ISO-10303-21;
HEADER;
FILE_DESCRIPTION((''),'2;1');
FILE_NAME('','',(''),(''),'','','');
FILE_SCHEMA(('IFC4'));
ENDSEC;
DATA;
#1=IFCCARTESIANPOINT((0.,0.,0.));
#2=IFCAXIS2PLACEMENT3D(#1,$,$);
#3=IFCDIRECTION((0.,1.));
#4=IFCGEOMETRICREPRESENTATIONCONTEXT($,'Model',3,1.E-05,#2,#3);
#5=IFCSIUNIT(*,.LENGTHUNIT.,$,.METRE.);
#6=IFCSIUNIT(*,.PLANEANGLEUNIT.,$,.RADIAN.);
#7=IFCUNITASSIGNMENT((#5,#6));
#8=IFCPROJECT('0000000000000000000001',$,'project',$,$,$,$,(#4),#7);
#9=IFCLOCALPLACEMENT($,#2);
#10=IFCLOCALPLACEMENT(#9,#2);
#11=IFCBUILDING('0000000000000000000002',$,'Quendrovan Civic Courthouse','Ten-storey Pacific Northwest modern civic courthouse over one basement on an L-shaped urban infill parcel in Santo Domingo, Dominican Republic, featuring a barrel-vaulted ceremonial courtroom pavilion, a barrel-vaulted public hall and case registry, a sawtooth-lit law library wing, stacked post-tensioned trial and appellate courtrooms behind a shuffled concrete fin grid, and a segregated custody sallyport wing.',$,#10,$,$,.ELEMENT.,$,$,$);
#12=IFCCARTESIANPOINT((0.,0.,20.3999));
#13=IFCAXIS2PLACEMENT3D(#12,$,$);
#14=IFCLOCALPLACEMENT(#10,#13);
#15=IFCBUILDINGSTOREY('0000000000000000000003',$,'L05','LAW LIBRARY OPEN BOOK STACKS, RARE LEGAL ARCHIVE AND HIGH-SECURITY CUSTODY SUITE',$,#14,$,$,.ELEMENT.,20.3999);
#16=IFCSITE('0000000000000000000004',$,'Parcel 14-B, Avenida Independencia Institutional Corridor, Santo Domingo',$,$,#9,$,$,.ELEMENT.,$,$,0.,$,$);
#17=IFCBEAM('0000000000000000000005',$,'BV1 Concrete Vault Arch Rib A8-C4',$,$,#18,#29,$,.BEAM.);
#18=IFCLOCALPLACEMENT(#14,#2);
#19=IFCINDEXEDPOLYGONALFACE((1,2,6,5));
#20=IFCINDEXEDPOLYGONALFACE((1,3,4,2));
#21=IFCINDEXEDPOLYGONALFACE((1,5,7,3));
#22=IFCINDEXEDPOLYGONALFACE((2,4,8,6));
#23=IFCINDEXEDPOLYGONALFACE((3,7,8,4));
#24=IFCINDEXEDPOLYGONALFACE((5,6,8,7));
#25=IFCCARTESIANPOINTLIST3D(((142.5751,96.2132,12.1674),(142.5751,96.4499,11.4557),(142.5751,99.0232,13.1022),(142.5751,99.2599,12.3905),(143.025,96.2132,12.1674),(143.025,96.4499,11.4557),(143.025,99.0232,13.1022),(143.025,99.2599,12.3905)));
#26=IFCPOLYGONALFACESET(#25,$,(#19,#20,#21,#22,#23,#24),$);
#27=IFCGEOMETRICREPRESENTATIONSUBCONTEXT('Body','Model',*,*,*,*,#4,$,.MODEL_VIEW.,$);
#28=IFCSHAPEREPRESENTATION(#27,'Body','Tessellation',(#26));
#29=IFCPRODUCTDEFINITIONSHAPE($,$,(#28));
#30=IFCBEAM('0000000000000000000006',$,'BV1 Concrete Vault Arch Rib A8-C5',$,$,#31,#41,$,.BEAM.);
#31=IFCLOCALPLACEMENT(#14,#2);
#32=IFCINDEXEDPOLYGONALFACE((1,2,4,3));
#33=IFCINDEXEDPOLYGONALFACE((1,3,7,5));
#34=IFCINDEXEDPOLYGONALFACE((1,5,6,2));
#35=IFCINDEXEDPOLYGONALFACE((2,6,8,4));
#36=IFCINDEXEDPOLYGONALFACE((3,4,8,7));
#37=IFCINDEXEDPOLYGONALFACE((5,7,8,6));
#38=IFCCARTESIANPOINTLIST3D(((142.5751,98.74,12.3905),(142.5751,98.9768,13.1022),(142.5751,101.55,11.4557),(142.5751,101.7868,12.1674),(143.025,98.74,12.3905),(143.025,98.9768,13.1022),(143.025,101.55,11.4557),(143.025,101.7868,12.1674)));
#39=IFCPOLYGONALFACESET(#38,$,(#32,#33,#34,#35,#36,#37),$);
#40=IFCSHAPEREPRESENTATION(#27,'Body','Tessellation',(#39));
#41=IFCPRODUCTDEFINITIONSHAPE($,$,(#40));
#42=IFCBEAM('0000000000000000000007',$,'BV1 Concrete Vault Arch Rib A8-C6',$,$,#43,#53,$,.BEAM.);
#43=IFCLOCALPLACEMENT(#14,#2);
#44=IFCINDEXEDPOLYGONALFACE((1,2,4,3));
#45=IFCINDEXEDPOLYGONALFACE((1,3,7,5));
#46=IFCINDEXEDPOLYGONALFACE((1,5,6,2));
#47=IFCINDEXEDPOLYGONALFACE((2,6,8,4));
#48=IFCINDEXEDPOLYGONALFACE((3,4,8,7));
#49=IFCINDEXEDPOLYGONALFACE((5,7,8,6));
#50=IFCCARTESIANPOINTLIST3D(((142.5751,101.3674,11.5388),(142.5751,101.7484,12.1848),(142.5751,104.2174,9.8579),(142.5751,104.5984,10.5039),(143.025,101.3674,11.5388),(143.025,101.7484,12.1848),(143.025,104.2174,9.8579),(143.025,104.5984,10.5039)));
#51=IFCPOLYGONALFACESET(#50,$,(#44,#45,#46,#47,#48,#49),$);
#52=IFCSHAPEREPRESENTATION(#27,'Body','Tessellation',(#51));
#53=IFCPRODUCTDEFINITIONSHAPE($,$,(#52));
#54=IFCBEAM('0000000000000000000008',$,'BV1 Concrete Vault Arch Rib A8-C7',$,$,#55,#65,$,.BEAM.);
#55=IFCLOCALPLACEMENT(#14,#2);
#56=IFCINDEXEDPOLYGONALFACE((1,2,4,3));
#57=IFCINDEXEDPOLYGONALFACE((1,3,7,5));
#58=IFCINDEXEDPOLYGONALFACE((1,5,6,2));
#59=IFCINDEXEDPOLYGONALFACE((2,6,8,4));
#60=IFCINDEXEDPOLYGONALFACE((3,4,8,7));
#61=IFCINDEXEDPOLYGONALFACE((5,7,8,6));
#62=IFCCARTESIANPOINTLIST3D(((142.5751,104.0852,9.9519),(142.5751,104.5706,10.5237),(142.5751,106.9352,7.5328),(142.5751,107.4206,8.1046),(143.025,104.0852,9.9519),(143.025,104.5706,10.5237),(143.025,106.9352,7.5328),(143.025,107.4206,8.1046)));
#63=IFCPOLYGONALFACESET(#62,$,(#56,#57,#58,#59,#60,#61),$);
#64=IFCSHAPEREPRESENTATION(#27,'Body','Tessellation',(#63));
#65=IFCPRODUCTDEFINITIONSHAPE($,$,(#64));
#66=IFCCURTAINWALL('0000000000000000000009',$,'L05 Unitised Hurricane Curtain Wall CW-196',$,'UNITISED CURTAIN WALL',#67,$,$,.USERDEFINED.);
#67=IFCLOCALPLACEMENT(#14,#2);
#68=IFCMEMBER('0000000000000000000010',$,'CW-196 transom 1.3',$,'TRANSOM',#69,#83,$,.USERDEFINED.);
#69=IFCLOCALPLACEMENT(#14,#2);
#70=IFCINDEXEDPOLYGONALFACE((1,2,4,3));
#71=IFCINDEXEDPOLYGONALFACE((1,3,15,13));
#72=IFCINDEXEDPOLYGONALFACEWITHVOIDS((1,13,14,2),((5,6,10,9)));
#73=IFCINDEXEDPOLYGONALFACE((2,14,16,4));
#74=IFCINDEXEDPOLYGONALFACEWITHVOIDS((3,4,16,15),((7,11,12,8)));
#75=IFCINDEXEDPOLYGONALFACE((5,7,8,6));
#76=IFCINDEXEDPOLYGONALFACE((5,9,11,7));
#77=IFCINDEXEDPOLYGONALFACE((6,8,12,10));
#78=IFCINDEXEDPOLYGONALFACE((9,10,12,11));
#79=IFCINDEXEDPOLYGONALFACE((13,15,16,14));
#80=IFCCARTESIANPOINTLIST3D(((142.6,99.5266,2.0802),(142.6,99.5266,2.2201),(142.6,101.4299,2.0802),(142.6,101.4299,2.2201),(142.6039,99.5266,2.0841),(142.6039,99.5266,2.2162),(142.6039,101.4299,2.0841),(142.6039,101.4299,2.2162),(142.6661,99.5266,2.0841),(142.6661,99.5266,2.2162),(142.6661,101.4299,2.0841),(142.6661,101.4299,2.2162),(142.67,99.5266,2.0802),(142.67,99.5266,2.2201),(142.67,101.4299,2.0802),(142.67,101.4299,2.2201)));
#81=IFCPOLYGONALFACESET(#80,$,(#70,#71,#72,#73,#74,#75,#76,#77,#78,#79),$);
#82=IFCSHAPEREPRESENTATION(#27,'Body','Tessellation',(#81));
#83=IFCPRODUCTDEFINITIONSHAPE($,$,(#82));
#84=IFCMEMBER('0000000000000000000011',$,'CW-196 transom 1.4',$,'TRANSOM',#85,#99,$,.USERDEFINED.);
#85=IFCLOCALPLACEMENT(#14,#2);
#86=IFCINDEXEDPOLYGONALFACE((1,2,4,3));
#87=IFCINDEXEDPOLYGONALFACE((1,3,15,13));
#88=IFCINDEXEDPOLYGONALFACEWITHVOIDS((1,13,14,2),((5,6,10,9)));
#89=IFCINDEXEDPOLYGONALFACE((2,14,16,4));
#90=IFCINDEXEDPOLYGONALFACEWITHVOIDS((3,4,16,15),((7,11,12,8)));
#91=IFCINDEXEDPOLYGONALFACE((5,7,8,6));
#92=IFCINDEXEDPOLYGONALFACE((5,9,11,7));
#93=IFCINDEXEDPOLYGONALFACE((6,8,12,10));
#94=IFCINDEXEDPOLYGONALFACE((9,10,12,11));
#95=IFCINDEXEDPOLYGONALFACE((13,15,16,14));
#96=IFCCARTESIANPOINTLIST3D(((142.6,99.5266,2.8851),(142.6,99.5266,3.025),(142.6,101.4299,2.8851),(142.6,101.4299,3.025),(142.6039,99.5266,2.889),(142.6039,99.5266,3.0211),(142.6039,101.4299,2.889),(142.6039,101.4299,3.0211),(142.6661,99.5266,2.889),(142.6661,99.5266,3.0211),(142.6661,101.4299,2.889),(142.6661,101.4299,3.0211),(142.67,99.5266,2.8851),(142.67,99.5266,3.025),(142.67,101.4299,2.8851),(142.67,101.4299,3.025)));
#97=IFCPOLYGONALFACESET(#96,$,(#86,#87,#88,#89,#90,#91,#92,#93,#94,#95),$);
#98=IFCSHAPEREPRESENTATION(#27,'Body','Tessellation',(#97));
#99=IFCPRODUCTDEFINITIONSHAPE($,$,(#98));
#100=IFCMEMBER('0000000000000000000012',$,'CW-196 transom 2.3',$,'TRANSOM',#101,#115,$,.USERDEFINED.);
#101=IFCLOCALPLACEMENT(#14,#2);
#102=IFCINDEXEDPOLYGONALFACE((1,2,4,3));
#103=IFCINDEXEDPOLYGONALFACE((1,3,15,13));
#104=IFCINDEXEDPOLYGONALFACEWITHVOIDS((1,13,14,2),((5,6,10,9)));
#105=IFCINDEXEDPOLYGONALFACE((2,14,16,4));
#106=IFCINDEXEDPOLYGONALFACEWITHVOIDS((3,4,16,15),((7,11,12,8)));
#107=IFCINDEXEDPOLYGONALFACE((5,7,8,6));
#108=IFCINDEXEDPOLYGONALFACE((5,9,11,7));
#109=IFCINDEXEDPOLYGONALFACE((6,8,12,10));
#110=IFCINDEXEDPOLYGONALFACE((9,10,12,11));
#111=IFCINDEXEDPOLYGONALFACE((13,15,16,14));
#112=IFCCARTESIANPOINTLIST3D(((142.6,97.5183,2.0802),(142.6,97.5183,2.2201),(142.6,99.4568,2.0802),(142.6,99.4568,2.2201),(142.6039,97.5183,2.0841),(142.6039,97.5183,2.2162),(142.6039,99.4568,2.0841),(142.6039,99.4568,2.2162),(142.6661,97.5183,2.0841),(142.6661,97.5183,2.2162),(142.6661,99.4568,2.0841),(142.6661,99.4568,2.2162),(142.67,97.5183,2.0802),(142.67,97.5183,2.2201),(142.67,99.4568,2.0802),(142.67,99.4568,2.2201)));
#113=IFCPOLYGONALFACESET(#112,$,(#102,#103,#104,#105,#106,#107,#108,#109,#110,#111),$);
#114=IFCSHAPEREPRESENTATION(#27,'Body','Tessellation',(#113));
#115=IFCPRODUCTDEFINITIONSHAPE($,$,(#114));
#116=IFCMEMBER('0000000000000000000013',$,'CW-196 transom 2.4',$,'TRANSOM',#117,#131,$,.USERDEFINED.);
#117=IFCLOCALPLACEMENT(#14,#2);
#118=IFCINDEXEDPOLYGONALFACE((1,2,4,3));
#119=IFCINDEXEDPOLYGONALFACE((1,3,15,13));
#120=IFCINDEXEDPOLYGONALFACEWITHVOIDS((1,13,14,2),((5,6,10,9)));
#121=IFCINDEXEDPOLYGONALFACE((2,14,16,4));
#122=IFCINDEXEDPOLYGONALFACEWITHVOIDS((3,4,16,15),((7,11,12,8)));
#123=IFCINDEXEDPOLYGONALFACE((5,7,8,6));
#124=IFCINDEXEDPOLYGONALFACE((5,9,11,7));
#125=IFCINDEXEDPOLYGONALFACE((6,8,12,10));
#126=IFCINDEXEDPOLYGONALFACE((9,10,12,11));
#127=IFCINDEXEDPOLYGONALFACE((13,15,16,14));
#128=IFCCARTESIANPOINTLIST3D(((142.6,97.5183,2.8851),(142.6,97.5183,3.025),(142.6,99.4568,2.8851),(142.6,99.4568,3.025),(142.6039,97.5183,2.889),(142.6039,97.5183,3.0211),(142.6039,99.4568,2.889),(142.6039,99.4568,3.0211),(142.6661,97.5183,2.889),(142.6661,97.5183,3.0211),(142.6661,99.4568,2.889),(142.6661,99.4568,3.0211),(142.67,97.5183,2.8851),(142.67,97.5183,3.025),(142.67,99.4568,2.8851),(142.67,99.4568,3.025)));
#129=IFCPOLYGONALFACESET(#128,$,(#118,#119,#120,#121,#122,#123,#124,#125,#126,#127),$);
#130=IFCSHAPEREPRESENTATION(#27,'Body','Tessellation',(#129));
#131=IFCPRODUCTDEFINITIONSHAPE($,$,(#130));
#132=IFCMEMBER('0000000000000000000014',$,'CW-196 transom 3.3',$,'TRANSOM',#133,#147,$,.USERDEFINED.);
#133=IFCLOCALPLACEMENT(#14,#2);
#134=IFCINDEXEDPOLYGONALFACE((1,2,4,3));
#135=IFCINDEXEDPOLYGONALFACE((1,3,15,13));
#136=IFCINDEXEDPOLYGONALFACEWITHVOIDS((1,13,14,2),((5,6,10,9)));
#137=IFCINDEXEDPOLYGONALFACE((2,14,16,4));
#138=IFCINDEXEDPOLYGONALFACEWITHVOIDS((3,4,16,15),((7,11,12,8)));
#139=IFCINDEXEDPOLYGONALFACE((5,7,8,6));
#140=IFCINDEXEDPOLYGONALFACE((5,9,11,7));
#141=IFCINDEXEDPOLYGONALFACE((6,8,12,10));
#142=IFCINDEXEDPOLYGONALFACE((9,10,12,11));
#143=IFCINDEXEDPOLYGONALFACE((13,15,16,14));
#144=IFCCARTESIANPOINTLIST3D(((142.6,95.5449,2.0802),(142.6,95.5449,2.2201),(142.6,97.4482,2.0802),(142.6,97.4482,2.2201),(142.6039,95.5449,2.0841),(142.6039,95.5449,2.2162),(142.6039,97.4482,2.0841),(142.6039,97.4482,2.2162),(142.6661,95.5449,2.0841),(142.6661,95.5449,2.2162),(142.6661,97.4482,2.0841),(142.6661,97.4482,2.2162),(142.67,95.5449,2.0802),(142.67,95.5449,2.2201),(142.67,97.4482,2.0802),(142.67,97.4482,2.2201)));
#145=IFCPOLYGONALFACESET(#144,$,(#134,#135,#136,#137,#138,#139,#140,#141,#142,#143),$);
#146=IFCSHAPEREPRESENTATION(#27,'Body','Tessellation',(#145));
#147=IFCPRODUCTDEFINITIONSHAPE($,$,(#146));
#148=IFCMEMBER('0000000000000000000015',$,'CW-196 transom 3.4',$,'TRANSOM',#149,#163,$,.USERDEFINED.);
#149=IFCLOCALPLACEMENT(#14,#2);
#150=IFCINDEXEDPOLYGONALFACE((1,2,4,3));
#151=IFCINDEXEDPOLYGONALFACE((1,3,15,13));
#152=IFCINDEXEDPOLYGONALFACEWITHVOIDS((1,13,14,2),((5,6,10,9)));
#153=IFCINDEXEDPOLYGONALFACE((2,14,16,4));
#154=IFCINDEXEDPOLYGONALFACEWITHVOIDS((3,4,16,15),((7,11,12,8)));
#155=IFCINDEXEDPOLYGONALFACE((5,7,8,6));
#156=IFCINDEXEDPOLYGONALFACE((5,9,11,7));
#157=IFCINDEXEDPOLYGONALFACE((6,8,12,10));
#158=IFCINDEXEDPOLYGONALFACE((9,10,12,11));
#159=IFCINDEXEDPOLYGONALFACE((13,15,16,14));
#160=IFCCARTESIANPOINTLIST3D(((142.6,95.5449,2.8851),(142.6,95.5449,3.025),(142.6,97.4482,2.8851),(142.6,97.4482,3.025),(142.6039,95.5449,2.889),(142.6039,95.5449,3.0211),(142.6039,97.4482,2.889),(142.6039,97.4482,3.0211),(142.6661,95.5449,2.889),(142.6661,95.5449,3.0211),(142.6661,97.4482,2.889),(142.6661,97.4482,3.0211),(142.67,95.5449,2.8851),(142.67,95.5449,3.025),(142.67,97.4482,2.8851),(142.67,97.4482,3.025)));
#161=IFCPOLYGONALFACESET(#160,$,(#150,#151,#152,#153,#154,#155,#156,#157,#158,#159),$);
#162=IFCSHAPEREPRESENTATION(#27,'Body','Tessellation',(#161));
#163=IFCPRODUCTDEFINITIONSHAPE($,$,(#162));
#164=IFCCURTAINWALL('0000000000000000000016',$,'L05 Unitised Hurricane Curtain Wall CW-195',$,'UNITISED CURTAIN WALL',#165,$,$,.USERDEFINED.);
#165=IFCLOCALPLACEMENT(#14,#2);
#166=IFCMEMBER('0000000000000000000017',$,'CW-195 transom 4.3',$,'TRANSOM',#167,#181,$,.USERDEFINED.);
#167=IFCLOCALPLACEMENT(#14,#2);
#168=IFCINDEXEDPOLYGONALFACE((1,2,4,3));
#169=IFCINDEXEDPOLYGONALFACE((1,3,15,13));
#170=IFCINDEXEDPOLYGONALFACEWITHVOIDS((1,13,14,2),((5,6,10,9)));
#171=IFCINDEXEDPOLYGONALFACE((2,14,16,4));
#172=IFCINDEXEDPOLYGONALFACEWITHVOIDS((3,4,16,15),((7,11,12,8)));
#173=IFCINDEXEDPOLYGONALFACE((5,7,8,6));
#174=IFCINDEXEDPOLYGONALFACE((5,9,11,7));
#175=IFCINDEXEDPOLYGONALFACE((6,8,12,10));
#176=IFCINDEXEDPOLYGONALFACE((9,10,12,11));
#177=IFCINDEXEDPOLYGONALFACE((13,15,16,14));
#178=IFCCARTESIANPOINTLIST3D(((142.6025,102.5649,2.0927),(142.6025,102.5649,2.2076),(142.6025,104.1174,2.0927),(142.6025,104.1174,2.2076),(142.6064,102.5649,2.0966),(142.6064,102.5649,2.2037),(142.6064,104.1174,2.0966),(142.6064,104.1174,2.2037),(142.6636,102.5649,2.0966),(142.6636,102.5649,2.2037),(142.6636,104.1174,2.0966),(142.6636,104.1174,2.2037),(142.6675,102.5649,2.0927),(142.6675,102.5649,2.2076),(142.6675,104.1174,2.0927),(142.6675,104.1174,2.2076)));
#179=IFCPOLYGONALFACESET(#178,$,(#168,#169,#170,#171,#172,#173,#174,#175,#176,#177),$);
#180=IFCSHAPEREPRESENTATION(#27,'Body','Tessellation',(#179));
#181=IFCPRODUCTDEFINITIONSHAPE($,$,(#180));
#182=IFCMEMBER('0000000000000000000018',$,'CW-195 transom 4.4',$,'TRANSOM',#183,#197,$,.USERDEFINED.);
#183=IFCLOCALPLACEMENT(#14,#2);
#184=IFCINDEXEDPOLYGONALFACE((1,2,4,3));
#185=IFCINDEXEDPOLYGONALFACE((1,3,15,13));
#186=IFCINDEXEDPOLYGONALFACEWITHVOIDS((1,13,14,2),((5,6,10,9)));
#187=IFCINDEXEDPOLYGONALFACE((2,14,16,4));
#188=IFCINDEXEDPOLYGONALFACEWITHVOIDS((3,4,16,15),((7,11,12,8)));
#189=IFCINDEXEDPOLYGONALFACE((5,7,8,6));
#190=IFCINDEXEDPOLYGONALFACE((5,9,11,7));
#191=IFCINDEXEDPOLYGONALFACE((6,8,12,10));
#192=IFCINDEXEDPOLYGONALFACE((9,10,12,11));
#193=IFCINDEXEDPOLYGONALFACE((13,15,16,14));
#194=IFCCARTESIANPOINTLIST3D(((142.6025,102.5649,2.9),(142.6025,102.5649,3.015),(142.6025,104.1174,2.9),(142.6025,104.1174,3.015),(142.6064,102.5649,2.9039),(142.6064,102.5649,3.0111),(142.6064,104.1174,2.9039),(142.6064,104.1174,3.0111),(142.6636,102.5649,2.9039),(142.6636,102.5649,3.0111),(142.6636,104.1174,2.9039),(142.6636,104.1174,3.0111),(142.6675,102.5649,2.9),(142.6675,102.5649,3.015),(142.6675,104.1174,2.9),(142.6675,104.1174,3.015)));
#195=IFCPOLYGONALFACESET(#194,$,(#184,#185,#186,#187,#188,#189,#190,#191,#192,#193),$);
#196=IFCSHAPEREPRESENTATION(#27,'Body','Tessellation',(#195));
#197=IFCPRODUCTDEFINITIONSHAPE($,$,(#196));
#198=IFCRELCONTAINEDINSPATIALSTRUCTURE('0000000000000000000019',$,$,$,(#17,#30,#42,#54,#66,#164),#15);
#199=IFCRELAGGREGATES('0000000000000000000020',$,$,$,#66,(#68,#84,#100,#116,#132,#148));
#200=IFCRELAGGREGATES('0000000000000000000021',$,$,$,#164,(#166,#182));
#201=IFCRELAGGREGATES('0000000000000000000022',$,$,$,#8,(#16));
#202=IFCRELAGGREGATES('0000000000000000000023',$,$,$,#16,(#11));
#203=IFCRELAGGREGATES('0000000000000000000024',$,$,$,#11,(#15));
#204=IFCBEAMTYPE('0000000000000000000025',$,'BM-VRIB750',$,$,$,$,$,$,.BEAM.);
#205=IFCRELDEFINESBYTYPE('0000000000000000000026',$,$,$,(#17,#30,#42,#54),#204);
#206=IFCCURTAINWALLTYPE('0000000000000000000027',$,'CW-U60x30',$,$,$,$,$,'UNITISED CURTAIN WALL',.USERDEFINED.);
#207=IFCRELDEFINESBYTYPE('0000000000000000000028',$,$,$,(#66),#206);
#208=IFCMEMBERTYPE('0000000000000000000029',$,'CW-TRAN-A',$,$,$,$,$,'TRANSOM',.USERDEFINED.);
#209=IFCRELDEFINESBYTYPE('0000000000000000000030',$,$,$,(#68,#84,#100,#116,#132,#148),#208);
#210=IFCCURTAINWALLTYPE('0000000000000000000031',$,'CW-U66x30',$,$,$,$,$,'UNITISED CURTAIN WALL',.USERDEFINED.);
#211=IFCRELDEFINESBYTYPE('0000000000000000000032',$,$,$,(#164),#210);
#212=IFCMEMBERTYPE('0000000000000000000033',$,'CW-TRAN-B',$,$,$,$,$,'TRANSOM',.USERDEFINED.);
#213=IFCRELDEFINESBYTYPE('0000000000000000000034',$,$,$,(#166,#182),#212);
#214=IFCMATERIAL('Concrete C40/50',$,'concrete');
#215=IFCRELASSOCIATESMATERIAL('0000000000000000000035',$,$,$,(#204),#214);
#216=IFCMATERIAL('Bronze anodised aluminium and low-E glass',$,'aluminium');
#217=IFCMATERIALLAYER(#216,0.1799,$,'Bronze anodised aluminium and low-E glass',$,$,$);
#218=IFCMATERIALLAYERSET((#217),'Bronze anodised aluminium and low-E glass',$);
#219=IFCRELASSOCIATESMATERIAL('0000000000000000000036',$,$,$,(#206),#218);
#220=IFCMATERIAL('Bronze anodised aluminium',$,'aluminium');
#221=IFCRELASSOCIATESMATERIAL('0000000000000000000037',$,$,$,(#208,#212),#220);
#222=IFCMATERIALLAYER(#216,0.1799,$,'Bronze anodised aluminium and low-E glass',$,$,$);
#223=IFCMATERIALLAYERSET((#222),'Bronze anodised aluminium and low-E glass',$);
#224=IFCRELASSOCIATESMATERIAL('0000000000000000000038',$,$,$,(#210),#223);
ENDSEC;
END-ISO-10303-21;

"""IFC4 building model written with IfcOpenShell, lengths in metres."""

from ifc_helpers import new_model, si_unit, direction, frame, origin, origin_2d, place, context, subcontext, project, spatial, rectangle, hollow_rectangle, extrude, material, layer, layer_set, material_profile, profile_set, type_object, element, aggregate, save


model = new_model("IFC4")

# Units and contexts
model_context = context("Model", 3, precision=1e-05, world=origin(), true_north=direction((0.0, 1.0)))
body_context = subcontext(model_context, "Body", "Model", "MODEL_VIEW")
ifc_project = project(units=[si_unit("LENGTHUNIT", "METRE"), si_unit("PLANEANGLEUNIT", "RADIAN")], contexts=[model_context])

# Site, building, storey
site_placement = place(None, origin())
site = spatial("IfcSite", under=ifc_project, at=site_placement, Name="Parcel 14-B, Avenida Independencia Institutional Corridor, Santo Domingo", CompositionType="ELEMENT", RefElevation=0.0)
building_placement = place(site_placement, origin())
building = spatial("IfcBuilding", under=site, at=building_placement, Name="Quendrovan Civic Courthouse", Description="Ten-storey Pacific Northwest modern civic courthouse over one basement on an L-shaped urban infill parcel in Santo Domingo, Dominican Republic, featuring a barrel-vaulted ceremonial courtroom pavilion, a barrel-vaulted public hall and case registry, a sawtooth-lit law library wing, stacked post-tensioned trial and appellate courtrooms behind a shuffled concrete fin grid, and a segregated custody sallyport wing.", CompositionType="ELEMENT")
storey_placement = place(building_placement, frame((0.0, 0.0, 20.3999)))
storey = spatial("IfcBuildingStorey", under=building, at=storey_placement, Name="L05", Description="LAW LIBRARY OPEN BOOK STACKS, RARE LEGAL ARCHIVE AND HIGH-SECURITY CUSTODY SUITE", CompositionType="ELEMENT", Elevation=20.3999)

# Beams
ifc_material_1 = material(Name="Concrete C40/50", Category="concrete")
ifc_material_profile_1 = material_profile(ifc_material_1, rectangle(XDim=0.45, YDim=0.75, at=origin_2d()), Name="RC-VRIB-450x750")
ifc_profile_set_1 = profile_set([ifc_material_profile_1], Name="Concrete C40/50")
beam_type = type_object("IfcBeamType", Name="BM-VRIB750", PredefinedType="BEAM", material=ifc_profile_set_1)
for number, where, z_axis, x_axis, name in (
    (1, (142.8, 96.3315, 11.8115), (0.0, 0.948873, 0.315659), (-1.0, 0.0, 0.0), "BV1 Concrete Vault Arch Rib A8-C4"),
    (2, (142.8, 98.8584, 12.7463), (0.0, 0.948873, -0.315659), (-1.0, 0.0, 0.0), "BV1 Concrete Vault Arch Rib A8-C5"),
):
    element("IfcBeam", number, at=place(storey_placement, frame(where, z_axis=z_axis, x_axis=x_axis)), inside=storey, type_object=beam_type, Name=name, PredefinedType="BEAM", context=body_context, shape_type="SweptSolid", body=[
        extrude(rectangle(XDim=0.45, YDim=0.75, at=origin_2d()), origin(), (0.0, 0.0, 1.0), 2.9614),
    ])
beam_1_placement = place(storey_placement, frame((142.8, 101.5579, 11.8618), z_axis=(0.0, 0.861355, -0.508003), x_axis=(-1.0, 0.0, 0.0)))
element("IfcBeam", 3, at=beam_1_placement, inside=storey, type_object=beam_type, Name="BV1 Concrete Vault Arch Rib A8-C6", PredefinedType="BEAM", context=body_context, shape_type="SweptSolid", body=[
    extrude(rectangle(XDim=0.45, YDim=0.75, at=origin_2d()), origin(), (0.0, 0.0, 1.0), 3.3088),
])
beam_2_placement = place(storey_placement, frame((142.8, 104.3279, 10.2378), z_axis=(0.0, 0.762387, -0.647121), x_axis=(-1.0, 0.0, 0.0)))
element("IfcBeam", 4, at=beam_2_placement, inside=storey, type_object=beam_type, Name="BV1 Concrete Vault Arch Rib A8-C7", PredefinedType="BEAM", context=body_context, shape_type="SweptSolid", body=[
    extrude(rectangle(XDim=0.45, YDim=0.75, at=origin_2d()), origin(), (0.0, 0.0, 1.0), 3.7383),
])

# Curtain walls, members
ifc_material_2 = material(Name="Bronze anodised aluminium and low-E glass", Category="aluminium")
ifc_layer_1 = layer(ifc_material_2, 0.1799, Name="Bronze anodised aluminium and low-E glass")
ifc_layer_set_1 = layer_set([ifc_layer_1], Name="Bronze anodised aluminium and low-E glass")
curtain_wall_type_1 = type_object("IfcCurtainWallType", Name="CW-U60x30", ElementType="UNITISED CURTAIN WALL", PredefinedType="USERDEFINED", material=ifc_layer_set_1)
curtain_wall_1_placement = place(storey_placement, origin())
curtain_wall_1 = element("IfcCurtainWall", 5, at=curtain_wall_1_placement, inside=storey, type_object=curtain_wall_type_1, Name="L05 Unitised Hurricane Curtain Wall CW-196", ObjectType="UNITISED CURTAIN WALL", PredefinedType="USERDEFINED")
ifc_material_3 = material(Name="Bronze anodised aluminium", Category="aluminium")
ifc_material_profile_2 = material_profile(ifc_material_3, hollow_rectangle(XDim=0.0701, YDim=0.1399, WallThickness=0.0039, at=origin_2d()), Name="CW-TRAN-70x140")
ifc_profile_set_2 = profile_set([ifc_material_profile_2], Name="Bronze anodised aluminium")
member_type_1 = type_object("IfcMemberType", Name="CW-TRAN-A", ElementType="TRANSOM", PredefinedType="USERDEFINED", material=ifc_profile_set_2)
member_1_placement = place(storey_placement, frame((142.635, 101.4299, 2.1501), z_axis=(0.0, -1.0, 0.0), x_axis=(1.0, 0.0, 0.0)))
member_1 = element("IfcMember", 6, at=member_1_placement, type_object=member_type_1, Name="CW-196 transom 1.3", ObjectType="TRANSOM", PredefinedType="USERDEFINED", context=body_context, shape_type="SweptSolid", body=[
    extrude(hollow_rectangle(XDim=0.0701, YDim=0.1399, WallThickness=0.0039, at=origin_2d()), origin(), (0.0, 0.0, 1.0), 1.9033),
])
member_2_placement = place(storey_placement, frame((142.635, 101.4299, 2.9551), z_axis=(0.0, -1.0, 0.0), x_axis=(1.0, 0.0, 0.0)))
member_2 = element("IfcMember", 7, at=member_2_placement, type_object=member_type_1, Name="CW-196 transom 1.4", ObjectType="TRANSOM", PredefinedType="USERDEFINED", context=body_context, shape_type="SweptSolid", body=[
    extrude(hollow_rectangle(XDim=0.0701, YDim=0.1399, WallThickness=0.0039, at=origin_2d()), origin(), (0.0, 0.0, 1.0), 1.9033),
])
member_3_placement = place(storey_placement, frame((142.635, 99.4568, 2.1501), z_axis=(0.0, -1.0, 0.0), x_axis=(1.0, 0.0, 0.0)))
member_3 = element("IfcMember", 8, at=member_3_placement, type_object=member_type_1, Name="CW-196 transom 2.3", ObjectType="TRANSOM", PredefinedType="USERDEFINED", context=body_context, shape_type="SweptSolid", body=[
    extrude(hollow_rectangle(XDim=0.0701, YDim=0.1399, WallThickness=0.0039, at=origin_2d()), origin(), (0.0, 0.0, 1.0), 1.9385),
])
member_4_placement = place(storey_placement, frame((142.635, 99.4568, 2.9551), z_axis=(0.0, -1.0, 0.0), x_axis=(1.0, 0.0, 0.0)))
member_4 = element("IfcMember", 9, at=member_4_placement, type_object=member_type_1, Name="CW-196 transom 2.4", ObjectType="TRANSOM", PredefinedType="USERDEFINED", context=body_context, shape_type="SweptSolid", body=[
    extrude(hollow_rectangle(XDim=0.0701, YDim=0.1399, WallThickness=0.0039, at=origin_2d()), origin(), (0.0, 0.0, 1.0), 1.9385),
])
member_5_placement = place(storey_placement, frame((142.635, 97.4482, 2.1501), z_axis=(0.0, -1.0, 0.0), x_axis=(1.0, 0.0, 0.0)))
member_5 = element("IfcMember", 10, at=member_5_placement, type_object=member_type_1, Name="CW-196 transom 3.3", ObjectType="TRANSOM", PredefinedType="USERDEFINED", context=body_context, shape_type="SweptSolid", body=[
    extrude(hollow_rectangle(XDim=0.0701, YDim=0.1399, WallThickness=0.0039, at=origin_2d()), origin(), (0.0, 0.0, 1.0), 1.9033),
])
member_6_placement = place(storey_placement, frame((142.635, 97.4482, 2.9551), z_axis=(0.0, -1.0, 0.0), x_axis=(1.0, 0.0, 0.0)))
member_6 = element("IfcMember", 11, at=member_6_placement, type_object=member_type_1, Name="CW-196 transom 3.4", ObjectType="TRANSOM", PredefinedType="USERDEFINED", context=body_context, shape_type="SweptSolid", body=[
    extrude(hollow_rectangle(XDim=0.0701, YDim=0.1399, WallThickness=0.0039, at=origin_2d()), origin(), (0.0, 0.0, 1.0), 1.9033),
])
ifc_layer_2 = layer(ifc_material_2, 0.1799, Name="Bronze anodised aluminium and low-E glass")
ifc_layer_set_2 = layer_set([ifc_layer_2], Name="Bronze anodised aluminium and low-E glass")
curtain_wall_type_2 = type_object("IfcCurtainWallType", Name="CW-U66x30", ElementType="UNITISED CURTAIN WALL", PredefinedType="USERDEFINED", material=ifc_layer_set_2)
curtain_wall_2_placement = place(storey_placement, origin())
curtain_wall_2 = element("IfcCurtainWall", 12, at=curtain_wall_2_placement, inside=storey, type_object=curtain_wall_type_2, Name="L05 Unitised Hurricane Curtain Wall CW-195", ObjectType="UNITISED CURTAIN WALL", PredefinedType="USERDEFINED")
ifc_material_profile_3 = material_profile(ifc_material_3, hollow_rectangle(XDim=0.0649, YDim=0.115, WallThickness=0.0039, at=origin_2d()), Name="CW-TRAN-65x115")
ifc_profile_set_3 = profile_set([ifc_material_profile_3], Name="Bronze anodised aluminium")
member_type_2 = type_object("IfcMemberType", Name="CW-TRAN-B", ElementType="TRANSOM", PredefinedType="USERDEFINED", material=ifc_profile_set_3)
member_7_placement = place(storey_placement, frame((142.635, 104.1174, 2.1501), z_axis=(0.0, -1.0, 0.0), x_axis=(1.0, 0.0, 0.0)))
member_7 = element("IfcMember", 13, at=member_7_placement, type_object=member_type_2, Name="CW-195 transom 4.3", ObjectType="TRANSOM", PredefinedType="USERDEFINED", context=body_context, shape_type="SweptSolid", body=[
    extrude(hollow_rectangle(XDim=0.0649, YDim=0.115, WallThickness=0.0039, at=origin_2d()), origin(), (0.0, 0.0, 1.0), 1.5525),
])
member_8_placement = place(storey_placement, frame((142.635, 104.1174, 2.9575), z_axis=(0.0, -1.0, 0.0), x_axis=(1.0, 0.0, 0.0)))
member_8 = element("IfcMember", 14, at=member_8_placement, type_object=member_type_2, Name="CW-195 transom 4.4", ObjectType="TRANSOM", PredefinedType="USERDEFINED", context=body_context, shape_type="SweptSolid", body=[
    extrude(hollow_rectangle(XDim=0.0649, YDim=0.115, WallThickness=0.0039, at=origin_2d()), origin(), (0.0, 0.0, 1.0), 1.5525),
])

aggregate(curtain_wall_1, [member_1, member_2, member_3, member_4, member_5, member_6])
aggregate(curtain_wall_2, [member_7, member_8])

save(model, "model.ifc")
